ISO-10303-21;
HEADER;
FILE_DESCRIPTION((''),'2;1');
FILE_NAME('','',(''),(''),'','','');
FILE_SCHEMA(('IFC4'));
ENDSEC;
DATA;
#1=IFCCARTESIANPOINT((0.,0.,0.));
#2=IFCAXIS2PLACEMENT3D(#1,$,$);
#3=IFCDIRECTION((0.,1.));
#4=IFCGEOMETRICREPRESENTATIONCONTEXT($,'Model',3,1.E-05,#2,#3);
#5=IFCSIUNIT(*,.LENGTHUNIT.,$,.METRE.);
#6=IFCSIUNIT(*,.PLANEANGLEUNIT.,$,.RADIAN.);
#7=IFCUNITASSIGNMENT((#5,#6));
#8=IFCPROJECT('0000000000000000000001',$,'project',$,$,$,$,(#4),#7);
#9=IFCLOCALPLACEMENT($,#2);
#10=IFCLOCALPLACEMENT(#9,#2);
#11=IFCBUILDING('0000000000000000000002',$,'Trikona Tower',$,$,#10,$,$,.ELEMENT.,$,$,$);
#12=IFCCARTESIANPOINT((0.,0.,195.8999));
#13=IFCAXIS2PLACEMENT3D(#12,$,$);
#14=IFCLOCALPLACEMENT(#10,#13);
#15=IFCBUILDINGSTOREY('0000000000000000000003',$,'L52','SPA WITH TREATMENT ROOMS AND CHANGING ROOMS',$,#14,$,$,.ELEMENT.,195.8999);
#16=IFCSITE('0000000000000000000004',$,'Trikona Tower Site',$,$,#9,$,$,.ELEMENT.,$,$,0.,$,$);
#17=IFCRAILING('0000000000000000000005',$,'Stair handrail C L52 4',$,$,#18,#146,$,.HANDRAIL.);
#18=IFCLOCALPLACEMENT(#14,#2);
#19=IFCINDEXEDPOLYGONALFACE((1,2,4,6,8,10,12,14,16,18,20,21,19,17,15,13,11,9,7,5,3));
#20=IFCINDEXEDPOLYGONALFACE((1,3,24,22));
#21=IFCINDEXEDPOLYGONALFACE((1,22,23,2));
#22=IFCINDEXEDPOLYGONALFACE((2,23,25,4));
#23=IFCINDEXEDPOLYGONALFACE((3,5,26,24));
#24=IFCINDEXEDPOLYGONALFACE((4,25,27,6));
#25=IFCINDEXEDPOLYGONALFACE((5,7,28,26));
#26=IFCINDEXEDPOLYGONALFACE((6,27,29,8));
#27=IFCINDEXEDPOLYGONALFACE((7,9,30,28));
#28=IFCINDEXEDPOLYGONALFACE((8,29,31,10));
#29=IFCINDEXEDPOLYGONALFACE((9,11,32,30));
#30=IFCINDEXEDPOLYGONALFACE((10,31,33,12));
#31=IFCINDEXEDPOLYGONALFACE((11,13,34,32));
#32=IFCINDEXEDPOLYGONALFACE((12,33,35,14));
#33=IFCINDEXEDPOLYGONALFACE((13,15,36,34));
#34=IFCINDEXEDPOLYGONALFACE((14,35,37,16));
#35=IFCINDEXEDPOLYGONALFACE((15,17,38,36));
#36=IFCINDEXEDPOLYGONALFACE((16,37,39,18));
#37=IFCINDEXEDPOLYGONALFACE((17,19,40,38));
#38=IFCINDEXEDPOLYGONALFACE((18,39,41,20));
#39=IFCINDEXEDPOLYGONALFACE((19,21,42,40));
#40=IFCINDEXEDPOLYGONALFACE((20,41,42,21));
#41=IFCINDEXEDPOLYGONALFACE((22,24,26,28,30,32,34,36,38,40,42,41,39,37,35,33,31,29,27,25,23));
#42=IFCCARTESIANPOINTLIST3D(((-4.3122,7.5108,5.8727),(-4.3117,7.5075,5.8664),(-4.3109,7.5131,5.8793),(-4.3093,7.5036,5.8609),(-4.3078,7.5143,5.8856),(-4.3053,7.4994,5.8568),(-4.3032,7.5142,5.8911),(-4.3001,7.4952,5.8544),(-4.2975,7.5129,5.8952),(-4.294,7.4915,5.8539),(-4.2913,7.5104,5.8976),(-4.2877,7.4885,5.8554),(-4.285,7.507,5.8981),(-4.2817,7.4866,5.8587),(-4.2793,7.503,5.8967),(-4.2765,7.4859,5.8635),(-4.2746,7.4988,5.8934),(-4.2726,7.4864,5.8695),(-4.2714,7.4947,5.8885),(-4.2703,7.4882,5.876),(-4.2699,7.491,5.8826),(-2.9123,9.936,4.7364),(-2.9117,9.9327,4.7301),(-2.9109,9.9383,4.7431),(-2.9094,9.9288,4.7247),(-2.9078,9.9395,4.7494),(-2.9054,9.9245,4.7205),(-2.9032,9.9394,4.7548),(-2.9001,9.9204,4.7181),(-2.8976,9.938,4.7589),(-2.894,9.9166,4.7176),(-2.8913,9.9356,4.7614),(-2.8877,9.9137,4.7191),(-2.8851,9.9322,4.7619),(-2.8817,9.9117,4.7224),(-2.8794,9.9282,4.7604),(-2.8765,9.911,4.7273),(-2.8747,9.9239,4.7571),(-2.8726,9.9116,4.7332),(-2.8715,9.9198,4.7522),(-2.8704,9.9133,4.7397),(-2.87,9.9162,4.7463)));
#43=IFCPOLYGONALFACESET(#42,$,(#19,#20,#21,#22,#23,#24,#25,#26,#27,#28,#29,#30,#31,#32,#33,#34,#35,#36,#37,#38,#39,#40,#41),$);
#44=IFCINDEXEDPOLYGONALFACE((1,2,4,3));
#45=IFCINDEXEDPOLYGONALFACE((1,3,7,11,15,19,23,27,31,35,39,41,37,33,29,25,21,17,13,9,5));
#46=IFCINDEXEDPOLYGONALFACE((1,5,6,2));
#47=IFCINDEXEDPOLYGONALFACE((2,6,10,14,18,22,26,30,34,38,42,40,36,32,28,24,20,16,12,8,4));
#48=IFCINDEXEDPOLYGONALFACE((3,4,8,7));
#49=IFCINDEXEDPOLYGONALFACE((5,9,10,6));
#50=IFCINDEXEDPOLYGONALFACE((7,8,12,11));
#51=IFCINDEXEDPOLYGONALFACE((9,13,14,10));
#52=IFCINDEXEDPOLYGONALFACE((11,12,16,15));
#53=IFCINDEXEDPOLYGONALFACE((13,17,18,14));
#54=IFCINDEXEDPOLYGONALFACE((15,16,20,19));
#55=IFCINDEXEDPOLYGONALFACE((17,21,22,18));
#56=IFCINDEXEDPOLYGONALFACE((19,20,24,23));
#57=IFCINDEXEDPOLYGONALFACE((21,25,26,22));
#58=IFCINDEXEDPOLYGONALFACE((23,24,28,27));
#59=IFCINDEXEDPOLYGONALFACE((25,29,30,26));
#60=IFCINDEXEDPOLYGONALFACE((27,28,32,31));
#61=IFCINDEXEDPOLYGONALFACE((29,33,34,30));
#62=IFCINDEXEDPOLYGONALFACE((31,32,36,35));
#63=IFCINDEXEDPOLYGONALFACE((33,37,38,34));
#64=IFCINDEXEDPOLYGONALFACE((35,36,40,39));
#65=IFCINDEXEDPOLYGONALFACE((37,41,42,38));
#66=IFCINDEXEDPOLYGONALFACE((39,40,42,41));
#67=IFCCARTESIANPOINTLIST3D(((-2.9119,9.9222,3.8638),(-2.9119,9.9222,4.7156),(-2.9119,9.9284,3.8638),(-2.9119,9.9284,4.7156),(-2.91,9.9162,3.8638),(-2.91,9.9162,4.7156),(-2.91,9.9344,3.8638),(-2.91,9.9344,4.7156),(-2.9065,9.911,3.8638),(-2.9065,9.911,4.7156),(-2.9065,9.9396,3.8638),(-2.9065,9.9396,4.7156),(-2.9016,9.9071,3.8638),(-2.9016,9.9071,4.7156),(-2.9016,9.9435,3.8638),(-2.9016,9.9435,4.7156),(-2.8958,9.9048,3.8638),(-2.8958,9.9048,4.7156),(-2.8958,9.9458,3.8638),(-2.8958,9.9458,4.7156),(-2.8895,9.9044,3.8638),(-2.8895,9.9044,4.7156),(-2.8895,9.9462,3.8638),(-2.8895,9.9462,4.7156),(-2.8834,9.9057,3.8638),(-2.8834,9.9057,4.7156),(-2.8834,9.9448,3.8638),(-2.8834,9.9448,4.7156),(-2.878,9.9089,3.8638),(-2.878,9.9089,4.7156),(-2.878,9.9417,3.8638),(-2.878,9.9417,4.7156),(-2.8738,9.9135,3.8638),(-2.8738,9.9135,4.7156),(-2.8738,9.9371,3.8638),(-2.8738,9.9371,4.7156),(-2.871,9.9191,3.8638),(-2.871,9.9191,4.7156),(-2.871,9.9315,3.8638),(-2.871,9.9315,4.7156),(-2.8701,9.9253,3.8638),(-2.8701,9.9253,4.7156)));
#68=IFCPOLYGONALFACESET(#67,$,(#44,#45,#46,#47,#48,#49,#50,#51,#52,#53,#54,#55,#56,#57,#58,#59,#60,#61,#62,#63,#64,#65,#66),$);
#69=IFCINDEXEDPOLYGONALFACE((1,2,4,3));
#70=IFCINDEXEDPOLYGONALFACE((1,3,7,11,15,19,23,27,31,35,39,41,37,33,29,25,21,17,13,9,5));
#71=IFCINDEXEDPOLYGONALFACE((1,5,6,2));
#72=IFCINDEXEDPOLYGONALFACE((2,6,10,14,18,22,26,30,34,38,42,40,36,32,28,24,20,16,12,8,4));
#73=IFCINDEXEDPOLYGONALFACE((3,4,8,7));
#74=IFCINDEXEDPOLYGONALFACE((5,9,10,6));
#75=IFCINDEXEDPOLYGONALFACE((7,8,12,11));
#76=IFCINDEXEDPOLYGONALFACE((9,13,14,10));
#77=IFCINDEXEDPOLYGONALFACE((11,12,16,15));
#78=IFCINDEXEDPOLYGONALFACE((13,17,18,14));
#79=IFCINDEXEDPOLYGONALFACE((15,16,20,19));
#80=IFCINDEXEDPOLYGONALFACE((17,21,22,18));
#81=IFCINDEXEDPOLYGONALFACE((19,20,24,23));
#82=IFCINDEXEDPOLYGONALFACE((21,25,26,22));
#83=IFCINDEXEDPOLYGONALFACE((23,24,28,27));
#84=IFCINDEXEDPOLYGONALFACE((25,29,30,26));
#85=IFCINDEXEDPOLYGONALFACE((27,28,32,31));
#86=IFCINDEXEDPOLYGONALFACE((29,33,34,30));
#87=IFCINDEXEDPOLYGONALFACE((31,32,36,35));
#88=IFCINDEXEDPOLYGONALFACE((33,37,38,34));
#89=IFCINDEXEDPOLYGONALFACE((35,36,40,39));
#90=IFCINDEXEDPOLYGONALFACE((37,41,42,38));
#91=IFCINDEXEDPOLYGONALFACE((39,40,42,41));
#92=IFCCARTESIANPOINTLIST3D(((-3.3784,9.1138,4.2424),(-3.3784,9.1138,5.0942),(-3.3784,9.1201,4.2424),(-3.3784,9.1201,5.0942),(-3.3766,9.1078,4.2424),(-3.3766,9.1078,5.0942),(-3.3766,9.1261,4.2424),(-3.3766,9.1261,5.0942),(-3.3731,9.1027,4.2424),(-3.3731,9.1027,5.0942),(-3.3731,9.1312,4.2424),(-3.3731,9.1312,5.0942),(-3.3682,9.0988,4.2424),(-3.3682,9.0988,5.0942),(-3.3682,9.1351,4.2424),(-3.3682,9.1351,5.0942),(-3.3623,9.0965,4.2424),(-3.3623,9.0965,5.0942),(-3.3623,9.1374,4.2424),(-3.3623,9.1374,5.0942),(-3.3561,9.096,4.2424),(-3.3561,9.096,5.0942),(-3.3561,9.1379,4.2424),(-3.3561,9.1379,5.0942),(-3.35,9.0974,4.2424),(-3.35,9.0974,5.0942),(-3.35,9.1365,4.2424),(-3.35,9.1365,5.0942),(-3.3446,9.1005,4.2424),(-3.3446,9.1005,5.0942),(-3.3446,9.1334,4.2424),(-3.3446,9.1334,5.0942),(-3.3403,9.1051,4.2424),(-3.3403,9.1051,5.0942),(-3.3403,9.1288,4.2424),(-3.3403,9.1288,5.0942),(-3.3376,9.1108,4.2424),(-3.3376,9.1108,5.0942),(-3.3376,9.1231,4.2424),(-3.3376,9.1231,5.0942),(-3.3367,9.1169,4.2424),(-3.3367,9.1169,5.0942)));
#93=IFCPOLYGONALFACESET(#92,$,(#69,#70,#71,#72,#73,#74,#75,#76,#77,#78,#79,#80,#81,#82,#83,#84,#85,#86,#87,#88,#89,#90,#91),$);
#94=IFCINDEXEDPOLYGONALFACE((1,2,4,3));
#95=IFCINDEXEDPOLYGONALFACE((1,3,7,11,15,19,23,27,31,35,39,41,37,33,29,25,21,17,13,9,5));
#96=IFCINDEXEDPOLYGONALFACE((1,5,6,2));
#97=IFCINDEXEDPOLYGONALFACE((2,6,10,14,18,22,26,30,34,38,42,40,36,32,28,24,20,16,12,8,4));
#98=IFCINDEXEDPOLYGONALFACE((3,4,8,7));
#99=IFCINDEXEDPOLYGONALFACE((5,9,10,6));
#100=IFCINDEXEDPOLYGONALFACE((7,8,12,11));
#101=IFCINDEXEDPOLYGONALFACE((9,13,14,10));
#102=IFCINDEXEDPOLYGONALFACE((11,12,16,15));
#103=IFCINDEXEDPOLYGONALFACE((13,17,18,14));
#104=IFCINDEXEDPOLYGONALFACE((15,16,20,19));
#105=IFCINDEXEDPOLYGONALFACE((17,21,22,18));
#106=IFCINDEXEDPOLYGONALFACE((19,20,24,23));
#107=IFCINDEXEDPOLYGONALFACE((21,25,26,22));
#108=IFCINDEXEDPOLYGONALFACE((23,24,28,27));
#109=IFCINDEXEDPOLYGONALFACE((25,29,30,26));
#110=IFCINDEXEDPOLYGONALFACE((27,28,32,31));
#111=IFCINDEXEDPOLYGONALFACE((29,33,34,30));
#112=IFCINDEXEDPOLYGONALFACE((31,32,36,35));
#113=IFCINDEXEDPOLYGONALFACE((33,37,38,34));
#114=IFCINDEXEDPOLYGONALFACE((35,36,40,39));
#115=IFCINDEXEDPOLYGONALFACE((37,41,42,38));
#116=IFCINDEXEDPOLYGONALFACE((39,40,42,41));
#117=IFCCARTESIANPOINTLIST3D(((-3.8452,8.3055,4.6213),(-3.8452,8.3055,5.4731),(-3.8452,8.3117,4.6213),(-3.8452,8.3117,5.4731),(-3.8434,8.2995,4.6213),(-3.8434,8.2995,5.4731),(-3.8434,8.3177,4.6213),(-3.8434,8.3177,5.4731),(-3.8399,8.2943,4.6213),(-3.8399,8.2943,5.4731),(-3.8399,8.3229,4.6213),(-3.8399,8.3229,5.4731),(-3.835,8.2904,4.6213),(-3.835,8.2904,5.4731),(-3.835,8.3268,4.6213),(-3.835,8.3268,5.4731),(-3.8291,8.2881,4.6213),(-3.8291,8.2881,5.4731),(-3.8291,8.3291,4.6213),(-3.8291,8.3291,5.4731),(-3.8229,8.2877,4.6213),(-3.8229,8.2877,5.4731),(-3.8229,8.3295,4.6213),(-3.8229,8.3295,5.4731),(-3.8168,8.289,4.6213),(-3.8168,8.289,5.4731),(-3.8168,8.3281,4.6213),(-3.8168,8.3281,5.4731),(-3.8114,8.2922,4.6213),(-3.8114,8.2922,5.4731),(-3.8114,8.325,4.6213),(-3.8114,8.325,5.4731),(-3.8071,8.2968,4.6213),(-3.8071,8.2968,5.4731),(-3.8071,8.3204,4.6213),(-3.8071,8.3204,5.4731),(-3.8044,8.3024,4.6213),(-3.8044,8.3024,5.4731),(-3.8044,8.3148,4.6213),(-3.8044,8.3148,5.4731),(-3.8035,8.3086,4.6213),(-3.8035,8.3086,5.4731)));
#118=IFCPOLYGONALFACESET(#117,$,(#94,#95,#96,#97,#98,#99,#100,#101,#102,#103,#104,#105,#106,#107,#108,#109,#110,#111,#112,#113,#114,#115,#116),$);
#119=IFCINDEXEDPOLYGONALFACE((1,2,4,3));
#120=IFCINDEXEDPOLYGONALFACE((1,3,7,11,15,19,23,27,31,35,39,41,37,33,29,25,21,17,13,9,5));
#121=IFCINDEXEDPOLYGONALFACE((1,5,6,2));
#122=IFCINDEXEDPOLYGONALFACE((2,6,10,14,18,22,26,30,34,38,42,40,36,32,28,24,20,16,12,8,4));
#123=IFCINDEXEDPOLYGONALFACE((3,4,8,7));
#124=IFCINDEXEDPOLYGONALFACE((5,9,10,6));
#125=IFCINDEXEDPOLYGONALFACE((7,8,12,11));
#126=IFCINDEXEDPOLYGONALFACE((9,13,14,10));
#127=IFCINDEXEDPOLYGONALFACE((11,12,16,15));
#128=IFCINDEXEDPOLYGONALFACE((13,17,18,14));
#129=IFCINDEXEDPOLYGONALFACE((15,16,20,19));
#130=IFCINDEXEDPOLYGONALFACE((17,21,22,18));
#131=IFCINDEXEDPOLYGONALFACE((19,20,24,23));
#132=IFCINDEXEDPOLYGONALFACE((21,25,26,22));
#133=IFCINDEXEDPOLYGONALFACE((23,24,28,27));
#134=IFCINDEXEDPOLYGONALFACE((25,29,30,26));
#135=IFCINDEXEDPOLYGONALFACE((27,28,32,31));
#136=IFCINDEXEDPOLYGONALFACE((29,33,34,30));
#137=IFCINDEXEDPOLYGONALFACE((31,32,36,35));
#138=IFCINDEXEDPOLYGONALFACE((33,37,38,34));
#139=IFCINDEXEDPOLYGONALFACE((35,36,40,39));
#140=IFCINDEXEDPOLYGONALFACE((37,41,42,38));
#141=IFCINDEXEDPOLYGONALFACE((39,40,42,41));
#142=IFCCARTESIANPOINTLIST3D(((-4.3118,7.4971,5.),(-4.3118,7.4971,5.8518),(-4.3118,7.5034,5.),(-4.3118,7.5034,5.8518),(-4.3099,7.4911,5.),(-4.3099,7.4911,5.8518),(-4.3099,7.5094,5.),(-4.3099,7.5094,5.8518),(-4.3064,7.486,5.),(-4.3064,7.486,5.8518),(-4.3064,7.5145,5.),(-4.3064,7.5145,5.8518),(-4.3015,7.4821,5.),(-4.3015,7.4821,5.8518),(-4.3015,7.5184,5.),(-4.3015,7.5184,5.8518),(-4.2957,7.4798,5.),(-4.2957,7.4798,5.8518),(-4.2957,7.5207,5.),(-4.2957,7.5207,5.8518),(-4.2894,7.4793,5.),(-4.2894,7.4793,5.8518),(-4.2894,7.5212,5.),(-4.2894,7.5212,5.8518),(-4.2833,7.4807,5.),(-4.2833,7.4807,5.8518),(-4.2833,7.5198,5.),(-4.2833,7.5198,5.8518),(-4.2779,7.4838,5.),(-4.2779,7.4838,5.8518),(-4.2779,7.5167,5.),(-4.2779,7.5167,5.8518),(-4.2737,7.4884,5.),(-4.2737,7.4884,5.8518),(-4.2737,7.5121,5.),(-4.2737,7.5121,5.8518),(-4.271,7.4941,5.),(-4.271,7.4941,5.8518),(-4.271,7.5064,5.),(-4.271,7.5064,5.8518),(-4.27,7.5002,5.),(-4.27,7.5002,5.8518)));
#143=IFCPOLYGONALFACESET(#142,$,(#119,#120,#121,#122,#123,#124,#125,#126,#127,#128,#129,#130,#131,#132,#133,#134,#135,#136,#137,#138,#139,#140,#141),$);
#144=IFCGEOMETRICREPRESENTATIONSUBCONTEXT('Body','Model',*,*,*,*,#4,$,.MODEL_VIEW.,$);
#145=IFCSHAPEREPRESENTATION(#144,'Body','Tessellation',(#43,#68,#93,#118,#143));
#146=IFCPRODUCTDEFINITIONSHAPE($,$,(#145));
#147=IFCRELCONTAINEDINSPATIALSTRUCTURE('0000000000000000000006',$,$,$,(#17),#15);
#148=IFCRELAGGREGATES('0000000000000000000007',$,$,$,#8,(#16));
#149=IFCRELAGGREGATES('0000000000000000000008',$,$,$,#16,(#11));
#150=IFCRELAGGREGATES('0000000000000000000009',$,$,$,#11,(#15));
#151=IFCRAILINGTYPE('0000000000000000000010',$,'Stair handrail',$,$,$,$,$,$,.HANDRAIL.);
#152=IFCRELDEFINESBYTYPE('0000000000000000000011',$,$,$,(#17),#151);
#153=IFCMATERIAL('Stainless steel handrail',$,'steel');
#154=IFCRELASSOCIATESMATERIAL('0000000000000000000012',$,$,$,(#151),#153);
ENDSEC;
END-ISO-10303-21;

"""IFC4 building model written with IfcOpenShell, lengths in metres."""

from ifc_helpers import new_model, si_unit, direction, frame, origin, origin_2d, place, context, subcontext, project, spatial, circle, extrude, material, type_object, element, save


model = new_model("IFC4")

# Units and contexts
model_context = context("Model", 3, precision=1e-05, world=origin(), true_north=direction((0.0, 1.0)))
body_context = subcontext(model_context, "Body", "Model", "MODEL_VIEW")
ifc_project = project(units=[si_unit("LENGTHUNIT", "METRE"), si_unit("PLANEANGLEUNIT", "RADIAN")], contexts=[model_context])

# Site, building, storey
site_placement = place(None, origin())
site = spatial("IfcSite", under=ifc_project, at=site_placement, Name="Trikona Tower Site", CompositionType="ELEMENT", RefElevation=0.0)
building_placement = place(site_placement, origin())
building = spatial("IfcBuilding", under=site, at=building_placement, Name="Trikona Tower", CompositionType="ELEMENT")
storey_placement = place(building_placement, frame((0.0, 0.0, 195.8999)))
storey = spatial("IfcBuildingStorey", under=building, at=storey_placement, Name="L52", Description="SPA WITH TREATMENT ROOMS AND CHANGING ROOMS", CompositionType="ELEMENT", Elevation=195.8999)

# Railing
ifc_material_1 = material(Name="Stainless steel handrail", Category="steel")
railing_type = type_object("IfcRailingType", Name="Stair handrail", PredefinedType="HANDRAIL", material=ifc_material_1)
railing_1_placement = place(storey_placement, frame((-2.8911, 9.9253, 3.8638)))
element("IfcRailing", 1, at=railing_1_placement, inside=storey, type_object=railing_type, Name="Stair handrail C L52 4", PredefinedType="HANDRAIL", context=body_context, shape_type="SweptSolid", body=[
    extrude(circle(Radius=0.0239, at=origin_2d()), frame((0.0, 0.0, 0.876), z_axis=(-0.463259, -0.802503, 0.376004), x_axis=(0.866056, -0.499946, 0.0)), (0.0, 0.0, 1.0), 3.022),
    extrude(circle(Radius=0.021, at=origin_2d()), origin(), (0.0, 0.0, 1.0), 0.8518),
    extrude(circle(Radius=0.021, at=origin_2d()), frame((-0.4666, -0.8083, 0.3787)), (0.0, 0.0, 1.0), 0.8518),
    extrude(circle(Radius=0.021, at=origin_2d()), frame((-0.9333, -1.6167, 0.7576)), (0.0, 0.0, 1.0), 0.8518),
    extrude(circle(Radius=0.021, at=origin_2d()), frame((-1.3999, -2.425, 1.1362)), (0.0, 0.0, 1.0), 0.8518),
])

save(model, "model.ifc")
